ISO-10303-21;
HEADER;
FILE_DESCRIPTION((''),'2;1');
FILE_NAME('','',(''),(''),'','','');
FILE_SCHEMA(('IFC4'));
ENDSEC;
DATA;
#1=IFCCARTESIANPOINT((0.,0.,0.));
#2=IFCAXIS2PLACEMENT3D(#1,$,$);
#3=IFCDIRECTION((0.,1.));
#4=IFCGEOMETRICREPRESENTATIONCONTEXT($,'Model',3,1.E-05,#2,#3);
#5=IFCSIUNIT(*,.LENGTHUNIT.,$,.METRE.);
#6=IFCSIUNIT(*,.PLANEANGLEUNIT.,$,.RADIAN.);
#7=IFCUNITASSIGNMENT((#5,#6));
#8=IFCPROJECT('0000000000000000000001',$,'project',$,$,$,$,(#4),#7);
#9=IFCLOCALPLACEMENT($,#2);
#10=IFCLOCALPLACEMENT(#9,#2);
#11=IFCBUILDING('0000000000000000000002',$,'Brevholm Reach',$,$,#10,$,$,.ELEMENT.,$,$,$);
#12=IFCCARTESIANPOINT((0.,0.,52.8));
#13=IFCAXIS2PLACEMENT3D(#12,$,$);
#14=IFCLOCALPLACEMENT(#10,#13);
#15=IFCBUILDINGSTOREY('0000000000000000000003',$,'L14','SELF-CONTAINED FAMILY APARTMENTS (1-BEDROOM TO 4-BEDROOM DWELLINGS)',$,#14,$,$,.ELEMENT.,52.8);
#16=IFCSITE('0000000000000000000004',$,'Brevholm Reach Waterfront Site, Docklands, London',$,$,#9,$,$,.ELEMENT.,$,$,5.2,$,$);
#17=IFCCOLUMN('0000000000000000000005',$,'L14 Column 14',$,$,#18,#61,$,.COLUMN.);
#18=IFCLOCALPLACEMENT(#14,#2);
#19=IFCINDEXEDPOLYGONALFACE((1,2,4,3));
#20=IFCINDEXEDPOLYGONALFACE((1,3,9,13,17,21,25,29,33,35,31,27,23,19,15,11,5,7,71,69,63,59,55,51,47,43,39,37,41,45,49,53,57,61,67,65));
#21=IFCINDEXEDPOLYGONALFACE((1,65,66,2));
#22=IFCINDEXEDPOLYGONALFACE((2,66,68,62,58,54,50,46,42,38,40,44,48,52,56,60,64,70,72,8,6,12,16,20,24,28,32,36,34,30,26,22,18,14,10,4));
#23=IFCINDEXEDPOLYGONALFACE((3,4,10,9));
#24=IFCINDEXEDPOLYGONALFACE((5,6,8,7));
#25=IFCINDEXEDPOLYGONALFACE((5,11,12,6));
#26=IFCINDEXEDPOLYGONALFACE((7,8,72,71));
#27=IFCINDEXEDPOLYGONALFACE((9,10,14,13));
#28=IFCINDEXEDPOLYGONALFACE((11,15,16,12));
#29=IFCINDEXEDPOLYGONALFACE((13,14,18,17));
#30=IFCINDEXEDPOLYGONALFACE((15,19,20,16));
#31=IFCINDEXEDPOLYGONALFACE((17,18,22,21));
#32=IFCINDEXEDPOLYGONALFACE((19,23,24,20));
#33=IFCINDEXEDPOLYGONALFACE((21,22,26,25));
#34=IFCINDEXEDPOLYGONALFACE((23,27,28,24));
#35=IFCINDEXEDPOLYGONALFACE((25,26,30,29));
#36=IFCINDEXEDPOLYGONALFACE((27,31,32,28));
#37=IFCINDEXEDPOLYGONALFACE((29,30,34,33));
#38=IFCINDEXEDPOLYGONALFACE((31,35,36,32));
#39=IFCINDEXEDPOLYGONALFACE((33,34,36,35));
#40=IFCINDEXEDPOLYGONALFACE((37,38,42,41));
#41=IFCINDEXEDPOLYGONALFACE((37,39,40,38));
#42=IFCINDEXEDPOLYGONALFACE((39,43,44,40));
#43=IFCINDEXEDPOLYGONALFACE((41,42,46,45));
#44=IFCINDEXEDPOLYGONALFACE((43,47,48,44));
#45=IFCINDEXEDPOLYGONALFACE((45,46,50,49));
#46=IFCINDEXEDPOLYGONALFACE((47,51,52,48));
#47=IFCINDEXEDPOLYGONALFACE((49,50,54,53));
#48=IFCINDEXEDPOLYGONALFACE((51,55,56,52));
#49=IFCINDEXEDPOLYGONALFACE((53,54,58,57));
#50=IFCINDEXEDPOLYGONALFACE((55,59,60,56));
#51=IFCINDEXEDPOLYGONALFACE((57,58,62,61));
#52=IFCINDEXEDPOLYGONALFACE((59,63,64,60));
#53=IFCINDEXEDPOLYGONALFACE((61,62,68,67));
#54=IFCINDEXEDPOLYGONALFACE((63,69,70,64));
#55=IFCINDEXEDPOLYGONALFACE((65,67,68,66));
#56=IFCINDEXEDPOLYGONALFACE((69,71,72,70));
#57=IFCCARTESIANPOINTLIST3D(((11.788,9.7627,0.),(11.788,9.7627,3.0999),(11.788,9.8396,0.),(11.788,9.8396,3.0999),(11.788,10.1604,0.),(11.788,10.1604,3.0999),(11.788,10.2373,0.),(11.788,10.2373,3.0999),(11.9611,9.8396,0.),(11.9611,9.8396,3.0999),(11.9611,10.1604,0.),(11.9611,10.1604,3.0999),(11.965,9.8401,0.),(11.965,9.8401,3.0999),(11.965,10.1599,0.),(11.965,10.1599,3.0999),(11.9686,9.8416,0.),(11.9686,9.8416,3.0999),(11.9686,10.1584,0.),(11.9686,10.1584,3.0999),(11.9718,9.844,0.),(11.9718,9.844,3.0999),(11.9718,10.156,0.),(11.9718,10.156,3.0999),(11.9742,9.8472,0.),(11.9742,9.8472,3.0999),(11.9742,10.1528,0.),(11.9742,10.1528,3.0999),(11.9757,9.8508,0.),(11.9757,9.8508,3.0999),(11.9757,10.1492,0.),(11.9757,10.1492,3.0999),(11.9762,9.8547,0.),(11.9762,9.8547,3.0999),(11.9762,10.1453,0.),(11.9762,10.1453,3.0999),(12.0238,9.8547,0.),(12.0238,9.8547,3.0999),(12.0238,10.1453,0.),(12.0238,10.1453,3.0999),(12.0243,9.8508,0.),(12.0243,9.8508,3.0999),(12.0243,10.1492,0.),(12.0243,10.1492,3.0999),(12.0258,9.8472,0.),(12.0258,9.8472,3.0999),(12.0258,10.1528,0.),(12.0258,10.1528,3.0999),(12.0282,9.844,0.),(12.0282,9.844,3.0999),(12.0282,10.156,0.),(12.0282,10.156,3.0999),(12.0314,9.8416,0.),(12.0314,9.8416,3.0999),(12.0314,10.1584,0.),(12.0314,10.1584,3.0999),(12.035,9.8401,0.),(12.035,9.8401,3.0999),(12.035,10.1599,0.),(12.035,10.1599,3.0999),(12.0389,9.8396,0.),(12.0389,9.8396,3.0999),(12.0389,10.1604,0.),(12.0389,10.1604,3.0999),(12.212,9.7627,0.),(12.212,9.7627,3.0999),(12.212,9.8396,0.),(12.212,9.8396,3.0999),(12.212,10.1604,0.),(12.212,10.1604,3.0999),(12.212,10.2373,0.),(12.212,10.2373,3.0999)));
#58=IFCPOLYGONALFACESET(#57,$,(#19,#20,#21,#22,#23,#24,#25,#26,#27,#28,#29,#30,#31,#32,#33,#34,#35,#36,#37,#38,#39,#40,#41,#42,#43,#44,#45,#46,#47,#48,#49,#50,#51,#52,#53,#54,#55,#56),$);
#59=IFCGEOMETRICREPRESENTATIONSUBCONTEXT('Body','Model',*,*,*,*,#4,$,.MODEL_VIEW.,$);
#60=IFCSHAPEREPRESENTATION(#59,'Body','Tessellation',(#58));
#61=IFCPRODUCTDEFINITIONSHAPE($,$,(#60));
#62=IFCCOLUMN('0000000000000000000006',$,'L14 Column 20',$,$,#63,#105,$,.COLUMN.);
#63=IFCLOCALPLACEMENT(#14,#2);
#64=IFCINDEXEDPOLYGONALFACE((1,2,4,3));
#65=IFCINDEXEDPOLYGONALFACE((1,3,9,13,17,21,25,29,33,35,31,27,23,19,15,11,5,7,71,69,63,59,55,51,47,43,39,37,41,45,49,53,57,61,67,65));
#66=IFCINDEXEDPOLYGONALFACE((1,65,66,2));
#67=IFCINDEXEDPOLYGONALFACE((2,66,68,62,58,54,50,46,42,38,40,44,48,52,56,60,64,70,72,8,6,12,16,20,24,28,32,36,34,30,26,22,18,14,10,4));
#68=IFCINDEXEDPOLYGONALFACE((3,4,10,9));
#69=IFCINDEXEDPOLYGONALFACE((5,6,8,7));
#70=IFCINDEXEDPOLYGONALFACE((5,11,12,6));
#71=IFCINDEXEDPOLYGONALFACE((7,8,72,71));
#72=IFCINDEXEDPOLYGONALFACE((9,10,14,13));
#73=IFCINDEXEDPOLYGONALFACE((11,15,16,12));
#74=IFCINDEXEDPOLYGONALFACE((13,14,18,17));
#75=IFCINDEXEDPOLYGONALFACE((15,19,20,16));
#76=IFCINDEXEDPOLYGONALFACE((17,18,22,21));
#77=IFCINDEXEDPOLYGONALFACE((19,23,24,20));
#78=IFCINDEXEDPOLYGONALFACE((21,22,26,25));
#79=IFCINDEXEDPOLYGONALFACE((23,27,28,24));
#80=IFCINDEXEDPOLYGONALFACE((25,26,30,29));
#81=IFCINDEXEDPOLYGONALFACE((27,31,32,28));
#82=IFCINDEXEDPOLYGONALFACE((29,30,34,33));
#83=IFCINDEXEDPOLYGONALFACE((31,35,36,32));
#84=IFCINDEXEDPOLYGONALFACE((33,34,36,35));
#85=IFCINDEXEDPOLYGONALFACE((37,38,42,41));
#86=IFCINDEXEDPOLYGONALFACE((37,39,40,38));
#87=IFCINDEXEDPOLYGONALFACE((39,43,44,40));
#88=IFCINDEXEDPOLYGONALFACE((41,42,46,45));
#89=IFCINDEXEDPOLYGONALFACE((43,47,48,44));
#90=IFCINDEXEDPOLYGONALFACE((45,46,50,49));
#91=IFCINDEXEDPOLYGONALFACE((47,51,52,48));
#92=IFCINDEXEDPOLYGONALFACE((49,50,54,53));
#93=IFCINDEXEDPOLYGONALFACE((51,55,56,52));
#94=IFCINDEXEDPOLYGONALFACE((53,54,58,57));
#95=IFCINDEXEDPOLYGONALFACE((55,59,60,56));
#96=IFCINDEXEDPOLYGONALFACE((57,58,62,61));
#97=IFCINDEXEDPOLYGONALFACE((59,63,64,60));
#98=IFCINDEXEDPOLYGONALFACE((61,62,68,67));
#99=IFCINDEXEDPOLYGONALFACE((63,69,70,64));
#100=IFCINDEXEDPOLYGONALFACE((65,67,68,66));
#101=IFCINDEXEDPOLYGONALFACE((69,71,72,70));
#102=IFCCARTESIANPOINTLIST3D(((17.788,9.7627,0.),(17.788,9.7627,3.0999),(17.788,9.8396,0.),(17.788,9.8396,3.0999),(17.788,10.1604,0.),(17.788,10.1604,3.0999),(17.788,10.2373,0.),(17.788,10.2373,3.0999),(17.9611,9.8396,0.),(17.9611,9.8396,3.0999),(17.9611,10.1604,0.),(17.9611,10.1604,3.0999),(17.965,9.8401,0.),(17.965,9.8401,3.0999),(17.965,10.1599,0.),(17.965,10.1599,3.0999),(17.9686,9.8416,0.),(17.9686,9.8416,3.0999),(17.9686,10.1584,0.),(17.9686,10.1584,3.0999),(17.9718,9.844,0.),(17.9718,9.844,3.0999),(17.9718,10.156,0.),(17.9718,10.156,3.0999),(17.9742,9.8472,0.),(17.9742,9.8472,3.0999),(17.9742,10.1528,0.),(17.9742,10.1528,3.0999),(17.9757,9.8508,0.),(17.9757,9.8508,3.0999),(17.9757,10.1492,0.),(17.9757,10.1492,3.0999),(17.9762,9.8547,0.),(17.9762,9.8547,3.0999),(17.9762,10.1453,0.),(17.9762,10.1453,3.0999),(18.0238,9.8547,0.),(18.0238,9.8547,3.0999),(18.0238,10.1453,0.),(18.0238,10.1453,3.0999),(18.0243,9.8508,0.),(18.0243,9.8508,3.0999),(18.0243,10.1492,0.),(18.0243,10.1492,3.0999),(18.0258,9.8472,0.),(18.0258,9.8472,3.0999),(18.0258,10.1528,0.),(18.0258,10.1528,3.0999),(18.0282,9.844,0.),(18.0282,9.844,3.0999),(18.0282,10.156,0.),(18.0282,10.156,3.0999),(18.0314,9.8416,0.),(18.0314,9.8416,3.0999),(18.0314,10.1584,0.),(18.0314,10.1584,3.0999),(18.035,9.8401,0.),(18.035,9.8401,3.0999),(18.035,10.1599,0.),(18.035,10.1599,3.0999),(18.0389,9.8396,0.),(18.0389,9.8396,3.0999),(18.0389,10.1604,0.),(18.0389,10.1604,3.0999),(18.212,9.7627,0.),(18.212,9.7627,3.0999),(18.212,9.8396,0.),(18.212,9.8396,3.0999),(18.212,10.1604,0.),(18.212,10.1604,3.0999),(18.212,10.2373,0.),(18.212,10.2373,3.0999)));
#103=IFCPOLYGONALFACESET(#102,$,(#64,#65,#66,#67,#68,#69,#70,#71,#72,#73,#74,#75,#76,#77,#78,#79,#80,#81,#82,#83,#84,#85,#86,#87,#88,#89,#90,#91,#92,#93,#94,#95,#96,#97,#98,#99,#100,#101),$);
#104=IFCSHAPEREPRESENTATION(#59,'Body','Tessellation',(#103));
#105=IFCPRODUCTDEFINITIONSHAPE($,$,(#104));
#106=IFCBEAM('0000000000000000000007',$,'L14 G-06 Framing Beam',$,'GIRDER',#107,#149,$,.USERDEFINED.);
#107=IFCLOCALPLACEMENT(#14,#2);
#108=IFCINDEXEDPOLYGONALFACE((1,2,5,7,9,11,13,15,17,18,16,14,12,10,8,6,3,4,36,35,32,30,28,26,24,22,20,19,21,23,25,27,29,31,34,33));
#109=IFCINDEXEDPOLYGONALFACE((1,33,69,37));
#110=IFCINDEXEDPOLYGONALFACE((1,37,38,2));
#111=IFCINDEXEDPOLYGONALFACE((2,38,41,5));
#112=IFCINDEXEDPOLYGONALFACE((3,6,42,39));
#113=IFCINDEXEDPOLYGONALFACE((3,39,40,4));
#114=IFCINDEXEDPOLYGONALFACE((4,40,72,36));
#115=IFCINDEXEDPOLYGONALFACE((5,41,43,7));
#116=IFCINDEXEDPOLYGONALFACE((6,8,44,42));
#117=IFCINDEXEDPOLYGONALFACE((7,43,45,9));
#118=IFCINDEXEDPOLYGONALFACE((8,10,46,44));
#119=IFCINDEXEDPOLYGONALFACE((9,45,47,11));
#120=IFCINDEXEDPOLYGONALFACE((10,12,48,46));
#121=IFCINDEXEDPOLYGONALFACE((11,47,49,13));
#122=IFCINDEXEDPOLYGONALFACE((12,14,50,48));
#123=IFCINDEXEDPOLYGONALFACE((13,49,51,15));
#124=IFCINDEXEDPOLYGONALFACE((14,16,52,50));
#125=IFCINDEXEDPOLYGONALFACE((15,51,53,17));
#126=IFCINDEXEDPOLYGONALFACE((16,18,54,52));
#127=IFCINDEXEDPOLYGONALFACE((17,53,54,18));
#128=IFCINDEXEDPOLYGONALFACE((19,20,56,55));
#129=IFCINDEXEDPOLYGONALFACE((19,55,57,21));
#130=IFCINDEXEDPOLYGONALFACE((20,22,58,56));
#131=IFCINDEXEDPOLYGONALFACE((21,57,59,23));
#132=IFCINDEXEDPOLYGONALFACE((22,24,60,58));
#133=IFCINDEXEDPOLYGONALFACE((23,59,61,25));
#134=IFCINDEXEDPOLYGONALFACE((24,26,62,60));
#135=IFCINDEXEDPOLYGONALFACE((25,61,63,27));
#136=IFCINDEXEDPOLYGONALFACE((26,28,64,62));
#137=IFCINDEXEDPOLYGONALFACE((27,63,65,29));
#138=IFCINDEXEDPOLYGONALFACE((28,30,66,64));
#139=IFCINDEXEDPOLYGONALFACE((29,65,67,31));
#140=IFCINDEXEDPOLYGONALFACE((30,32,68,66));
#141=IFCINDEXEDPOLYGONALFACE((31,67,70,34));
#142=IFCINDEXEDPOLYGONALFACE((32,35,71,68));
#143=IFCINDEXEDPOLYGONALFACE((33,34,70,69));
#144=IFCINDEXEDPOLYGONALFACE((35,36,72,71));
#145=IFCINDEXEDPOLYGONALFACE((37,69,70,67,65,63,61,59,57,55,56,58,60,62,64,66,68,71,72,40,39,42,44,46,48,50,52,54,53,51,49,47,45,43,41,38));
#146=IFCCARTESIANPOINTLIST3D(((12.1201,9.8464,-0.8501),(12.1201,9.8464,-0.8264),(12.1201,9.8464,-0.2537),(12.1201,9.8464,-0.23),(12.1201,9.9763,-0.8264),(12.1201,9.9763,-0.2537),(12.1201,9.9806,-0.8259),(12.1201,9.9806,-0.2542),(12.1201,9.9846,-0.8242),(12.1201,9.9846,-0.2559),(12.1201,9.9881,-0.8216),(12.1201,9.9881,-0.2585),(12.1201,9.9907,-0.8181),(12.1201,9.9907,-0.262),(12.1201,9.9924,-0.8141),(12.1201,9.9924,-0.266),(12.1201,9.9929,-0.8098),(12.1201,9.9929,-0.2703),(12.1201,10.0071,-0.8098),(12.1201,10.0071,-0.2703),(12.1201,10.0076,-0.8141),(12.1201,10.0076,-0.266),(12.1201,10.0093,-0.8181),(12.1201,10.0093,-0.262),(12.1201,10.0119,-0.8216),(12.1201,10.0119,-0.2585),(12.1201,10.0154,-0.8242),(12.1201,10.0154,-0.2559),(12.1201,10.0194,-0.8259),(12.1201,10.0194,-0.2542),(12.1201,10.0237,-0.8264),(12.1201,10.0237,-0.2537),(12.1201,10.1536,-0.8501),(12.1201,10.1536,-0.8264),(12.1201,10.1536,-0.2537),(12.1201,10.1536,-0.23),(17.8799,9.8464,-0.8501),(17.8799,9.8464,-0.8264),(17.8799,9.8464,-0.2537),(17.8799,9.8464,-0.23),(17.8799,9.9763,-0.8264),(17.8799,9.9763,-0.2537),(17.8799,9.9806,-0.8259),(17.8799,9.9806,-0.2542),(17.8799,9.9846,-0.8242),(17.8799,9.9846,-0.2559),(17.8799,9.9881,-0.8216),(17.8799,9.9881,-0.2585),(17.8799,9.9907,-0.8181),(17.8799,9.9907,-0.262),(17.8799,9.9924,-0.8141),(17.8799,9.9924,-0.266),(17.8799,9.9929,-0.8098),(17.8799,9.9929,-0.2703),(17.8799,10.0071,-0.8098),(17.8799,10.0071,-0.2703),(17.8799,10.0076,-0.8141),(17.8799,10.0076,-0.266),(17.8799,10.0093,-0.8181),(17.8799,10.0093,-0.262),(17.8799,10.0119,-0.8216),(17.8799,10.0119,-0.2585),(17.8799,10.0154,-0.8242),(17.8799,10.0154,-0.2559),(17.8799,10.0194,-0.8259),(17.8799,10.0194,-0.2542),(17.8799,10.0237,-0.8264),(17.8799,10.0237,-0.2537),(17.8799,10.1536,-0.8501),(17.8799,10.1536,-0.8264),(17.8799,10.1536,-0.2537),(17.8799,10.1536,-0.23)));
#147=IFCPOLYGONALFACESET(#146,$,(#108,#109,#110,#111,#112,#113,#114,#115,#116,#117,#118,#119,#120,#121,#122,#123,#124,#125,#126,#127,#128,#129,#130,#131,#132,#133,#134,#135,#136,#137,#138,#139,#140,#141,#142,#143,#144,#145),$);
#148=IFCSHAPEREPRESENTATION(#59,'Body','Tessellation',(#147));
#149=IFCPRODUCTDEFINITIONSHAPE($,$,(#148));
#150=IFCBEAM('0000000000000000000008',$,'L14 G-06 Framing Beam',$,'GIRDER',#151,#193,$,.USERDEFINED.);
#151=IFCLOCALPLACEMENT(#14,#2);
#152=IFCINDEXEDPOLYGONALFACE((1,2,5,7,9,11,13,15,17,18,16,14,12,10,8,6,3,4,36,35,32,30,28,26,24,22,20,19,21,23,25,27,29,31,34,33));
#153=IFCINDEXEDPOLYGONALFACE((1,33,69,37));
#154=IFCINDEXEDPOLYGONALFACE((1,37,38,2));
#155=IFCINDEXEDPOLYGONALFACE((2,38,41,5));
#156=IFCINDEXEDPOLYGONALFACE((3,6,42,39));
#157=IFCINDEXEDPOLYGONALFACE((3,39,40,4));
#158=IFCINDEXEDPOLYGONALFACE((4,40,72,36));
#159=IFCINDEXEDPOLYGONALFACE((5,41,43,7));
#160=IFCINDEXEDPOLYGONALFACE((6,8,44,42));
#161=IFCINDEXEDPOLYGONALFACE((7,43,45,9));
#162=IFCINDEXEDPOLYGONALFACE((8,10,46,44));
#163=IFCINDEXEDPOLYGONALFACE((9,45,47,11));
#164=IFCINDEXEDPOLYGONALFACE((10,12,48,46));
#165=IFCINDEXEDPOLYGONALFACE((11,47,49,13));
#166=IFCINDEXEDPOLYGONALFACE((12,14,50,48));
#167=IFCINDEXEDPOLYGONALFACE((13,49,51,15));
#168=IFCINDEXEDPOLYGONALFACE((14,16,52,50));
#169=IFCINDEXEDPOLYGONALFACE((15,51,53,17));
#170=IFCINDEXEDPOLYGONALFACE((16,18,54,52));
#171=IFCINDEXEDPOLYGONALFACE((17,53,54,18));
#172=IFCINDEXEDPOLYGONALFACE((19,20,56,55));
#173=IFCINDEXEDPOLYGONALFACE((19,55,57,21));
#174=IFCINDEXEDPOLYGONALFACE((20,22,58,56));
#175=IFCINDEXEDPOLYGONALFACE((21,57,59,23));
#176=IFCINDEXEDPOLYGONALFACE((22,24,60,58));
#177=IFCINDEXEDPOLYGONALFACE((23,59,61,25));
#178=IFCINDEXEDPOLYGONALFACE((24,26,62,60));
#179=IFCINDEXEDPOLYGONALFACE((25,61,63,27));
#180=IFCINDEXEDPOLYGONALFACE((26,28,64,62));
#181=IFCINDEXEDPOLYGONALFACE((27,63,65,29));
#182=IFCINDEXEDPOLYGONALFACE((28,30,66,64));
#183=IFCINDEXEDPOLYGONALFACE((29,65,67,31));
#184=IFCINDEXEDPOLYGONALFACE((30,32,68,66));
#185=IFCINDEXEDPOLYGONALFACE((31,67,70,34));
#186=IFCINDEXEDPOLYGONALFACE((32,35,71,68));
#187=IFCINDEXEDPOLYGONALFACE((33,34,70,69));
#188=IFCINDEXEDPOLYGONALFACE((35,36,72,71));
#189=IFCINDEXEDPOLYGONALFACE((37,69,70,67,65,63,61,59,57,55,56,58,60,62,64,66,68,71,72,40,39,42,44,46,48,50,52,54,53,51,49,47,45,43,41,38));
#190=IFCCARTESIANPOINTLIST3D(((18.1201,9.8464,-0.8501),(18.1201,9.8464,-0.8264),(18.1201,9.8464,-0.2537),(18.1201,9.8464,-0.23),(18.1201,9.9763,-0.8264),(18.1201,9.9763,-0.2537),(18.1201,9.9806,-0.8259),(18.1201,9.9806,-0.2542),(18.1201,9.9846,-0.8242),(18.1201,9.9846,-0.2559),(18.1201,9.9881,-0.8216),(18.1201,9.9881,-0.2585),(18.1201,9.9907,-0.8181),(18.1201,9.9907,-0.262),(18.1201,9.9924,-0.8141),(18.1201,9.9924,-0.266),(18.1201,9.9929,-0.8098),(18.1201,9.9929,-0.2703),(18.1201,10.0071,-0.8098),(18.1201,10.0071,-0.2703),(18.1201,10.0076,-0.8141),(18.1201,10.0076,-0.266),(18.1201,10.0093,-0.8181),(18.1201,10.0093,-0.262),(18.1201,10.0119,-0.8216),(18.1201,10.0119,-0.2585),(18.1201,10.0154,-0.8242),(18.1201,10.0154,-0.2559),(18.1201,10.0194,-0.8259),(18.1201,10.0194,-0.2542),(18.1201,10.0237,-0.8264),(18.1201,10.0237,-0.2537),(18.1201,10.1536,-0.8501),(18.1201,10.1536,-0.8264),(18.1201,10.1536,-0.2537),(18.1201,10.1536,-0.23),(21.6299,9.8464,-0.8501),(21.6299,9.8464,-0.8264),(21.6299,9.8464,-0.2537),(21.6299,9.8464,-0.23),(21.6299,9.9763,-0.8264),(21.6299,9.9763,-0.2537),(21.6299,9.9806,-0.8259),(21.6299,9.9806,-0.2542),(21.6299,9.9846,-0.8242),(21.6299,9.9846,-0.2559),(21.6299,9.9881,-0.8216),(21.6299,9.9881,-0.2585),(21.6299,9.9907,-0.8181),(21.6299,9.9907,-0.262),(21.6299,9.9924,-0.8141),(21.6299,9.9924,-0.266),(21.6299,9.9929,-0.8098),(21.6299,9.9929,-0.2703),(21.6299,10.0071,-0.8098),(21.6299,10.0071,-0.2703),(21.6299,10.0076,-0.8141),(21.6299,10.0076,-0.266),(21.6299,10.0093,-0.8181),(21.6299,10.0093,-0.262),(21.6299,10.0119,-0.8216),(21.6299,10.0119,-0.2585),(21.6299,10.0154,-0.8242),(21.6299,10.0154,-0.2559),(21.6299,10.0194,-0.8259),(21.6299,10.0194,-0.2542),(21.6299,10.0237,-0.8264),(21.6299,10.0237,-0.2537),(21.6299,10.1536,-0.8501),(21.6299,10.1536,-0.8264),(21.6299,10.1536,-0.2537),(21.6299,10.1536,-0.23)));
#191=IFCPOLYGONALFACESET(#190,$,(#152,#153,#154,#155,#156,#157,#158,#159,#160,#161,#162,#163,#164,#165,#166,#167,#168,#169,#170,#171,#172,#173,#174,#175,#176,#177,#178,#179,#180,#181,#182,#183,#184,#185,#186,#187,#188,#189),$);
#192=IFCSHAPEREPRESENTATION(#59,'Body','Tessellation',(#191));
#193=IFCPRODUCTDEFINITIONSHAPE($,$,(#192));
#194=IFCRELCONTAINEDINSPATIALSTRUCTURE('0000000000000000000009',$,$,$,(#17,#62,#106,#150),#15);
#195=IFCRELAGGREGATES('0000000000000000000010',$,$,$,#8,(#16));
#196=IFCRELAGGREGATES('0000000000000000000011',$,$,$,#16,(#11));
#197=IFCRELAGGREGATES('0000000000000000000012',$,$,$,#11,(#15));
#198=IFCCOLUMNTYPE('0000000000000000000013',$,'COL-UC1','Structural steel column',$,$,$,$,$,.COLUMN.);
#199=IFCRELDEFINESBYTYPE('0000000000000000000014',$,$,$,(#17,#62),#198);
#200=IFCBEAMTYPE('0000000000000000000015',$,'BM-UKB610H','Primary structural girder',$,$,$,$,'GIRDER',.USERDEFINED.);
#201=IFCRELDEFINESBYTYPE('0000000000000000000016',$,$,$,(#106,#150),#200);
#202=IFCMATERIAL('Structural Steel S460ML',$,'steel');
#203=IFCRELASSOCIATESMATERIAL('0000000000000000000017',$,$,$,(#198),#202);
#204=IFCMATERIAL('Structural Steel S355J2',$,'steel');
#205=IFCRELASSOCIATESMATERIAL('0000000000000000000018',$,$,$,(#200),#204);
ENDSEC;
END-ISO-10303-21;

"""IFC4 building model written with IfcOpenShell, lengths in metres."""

from ifc_helpers import new_model, si_unit, direction, frame, origin, origin_2d, place, context, subcontext, project, spatial, i_section, extrude, material, material_profile, profile_set, type_object, element, save


model = new_model("IFC4")

# Units and contexts
model_context = context("Model", 3, precision=1e-05, world=origin(), true_north=direction((0.0, 1.0)))
body_context = subcontext(model_context, "Body", "Model", "MODEL_VIEW")
ifc_project = project(units=[si_unit("LENGTHUNIT", "METRE"), si_unit("PLANEANGLEUNIT", "RADIAN")], contexts=[model_context])

# Site, building, storey
site_placement = place(None, origin())
site = spatial("IfcSite", under=ifc_project, at=site_placement, Name="Brevholm Reach Waterfront Site, Docklands, London", CompositionType="ELEMENT", RefElevation=5.2)
building_placement = place(site_placement, origin())
building = spatial("IfcBuilding", under=site, at=building_placement, Name="Brevholm Reach", CompositionType="ELEMENT")
storey_placement = place(building_placement, frame((0.0, 0.0, 52.8)))
storey = spatial("IfcBuildingStorey", under=building, at=storey_placement, Name="L14", Description="SELF-CONTAINED FAMILY APARTMENTS (1-BEDROOM TO 4-BEDROOM DWELLINGS)", CompositionType="ELEMENT", Elevation=52.8)

# Columns
ifc_material_1 = material(Name="Structural Steel S460ML", Category="steel")
ifc_material_profile_1 = material_profile(ifc_material_1, i_section(OverallWidth=0.4241, OverallDepth=0.4746, WebThickness=0.0476, FlangeThickness=0.0769, FilletRadius=0.0151, at=origin_2d()), Name="UKC 356x406x634")
ifc_profile_set_1 = profile_set([ifc_material_profile_1], Name="Structural Steel S460ML")
column_type = type_object("IfcColumnType", Name="COL-UC1", Description="Structural steel column", PredefinedType="COLUMN", material=ifc_profile_set_1)
for number, where, z_axis, x_axis, name in (
    (1, (12.0, 10.0, 0.0), (0.0, 0.0, 1.0), (1.0, 0.0, 0.0), "L14 Column 14"),
    (2, (18.0, 10.0, 0.0), (0.0, 0.0, 1.0), (1.0, 0.0, 0.0), "L14 Column 20"),
):
    element("IfcColumn", number, at=place(storey_placement, frame(where, z_axis=z_axis, x_axis=x_axis)), inside=storey, type_object=column_type, Name=name, PredefinedType="COLUMN", context=body_context, shape_type="SweptSolid", body=[
        extrude(i_section(OverallWidth=0.4241, OverallDepth=0.4746, WebThickness=0.0476, FlangeThickness=0.0769, FilletRadius=0.0151, at=origin_2d()), origin(), (0.0, 0.0, 1.0), 3.0999),
    ])

# Beams
ifc_material_2 = material(Name="Structural Steel S355J2", Category="steel")
ifc_material_profile_2 = material_profile(ifc_material_2, i_section(OverallWidth=0.3071, OverallDepth=0.6201, WebThickness=0.0142, FlangeThickness=0.0237, FilletRadius=0.0166, at=origin_2d()), Name="UKB 610x305x179")
ifc_profile_set_2 = profile_set([ifc_material_profile_2], Name="Structural Steel S355J2")
beam_type = type_object("IfcBeamType", Name="BM-UKB610H", Description="Primary structural girder", ElementType="GIRDER", PredefinedType="USERDEFINED", material=ifc_profile_set_2)
beam_1_placement = place(storey_placement, frame((12.1201, 10.0, -0.54), z_axis=(1.0, 0.0, 0.0), x_axis=(0.0, 1.0, 0.0)))
element("IfcBeam", 3, at=beam_1_placement, inside=storey, type_object=beam_type, Name="L14 G-06 Framing Beam", ObjectType="GIRDER", PredefinedType="USERDEFINED", context=body_context, shape_type="SweptSolid", body=[
    extrude(i_section(OverallWidth=0.3071, OverallDepth=0.6201, WebThickness=0.0142, FlangeThickness=0.0237, FilletRadius=0.0166, at=origin_2d()), origin(), (0.0, 0.0, 1.0), 5.7598),
])
beam_2_placement = place(storey_placement, frame((18.1201, 10.0, -0.54), z_axis=(1.0, 0.0, 0.0), x_axis=(0.0, 1.0, 0.0)))
element("IfcBeam", 4, at=beam_2_placement, inside=storey, type_object=beam_type, Name="L14 G-06 Framing Beam", ObjectType="GIRDER", PredefinedType="USERDEFINED", context=body_context, shape_type="SweptSolid", body=[
    extrude(i_section(OverallWidth=0.3071, OverallDepth=0.6201, WebThickness=0.0142, FlangeThickness=0.0237, FilletRadius=0.0166, at=origin_2d()), origin(), (0.0, 0.0, 1.0), 3.5098),
])

save(model, "model.ifc")
